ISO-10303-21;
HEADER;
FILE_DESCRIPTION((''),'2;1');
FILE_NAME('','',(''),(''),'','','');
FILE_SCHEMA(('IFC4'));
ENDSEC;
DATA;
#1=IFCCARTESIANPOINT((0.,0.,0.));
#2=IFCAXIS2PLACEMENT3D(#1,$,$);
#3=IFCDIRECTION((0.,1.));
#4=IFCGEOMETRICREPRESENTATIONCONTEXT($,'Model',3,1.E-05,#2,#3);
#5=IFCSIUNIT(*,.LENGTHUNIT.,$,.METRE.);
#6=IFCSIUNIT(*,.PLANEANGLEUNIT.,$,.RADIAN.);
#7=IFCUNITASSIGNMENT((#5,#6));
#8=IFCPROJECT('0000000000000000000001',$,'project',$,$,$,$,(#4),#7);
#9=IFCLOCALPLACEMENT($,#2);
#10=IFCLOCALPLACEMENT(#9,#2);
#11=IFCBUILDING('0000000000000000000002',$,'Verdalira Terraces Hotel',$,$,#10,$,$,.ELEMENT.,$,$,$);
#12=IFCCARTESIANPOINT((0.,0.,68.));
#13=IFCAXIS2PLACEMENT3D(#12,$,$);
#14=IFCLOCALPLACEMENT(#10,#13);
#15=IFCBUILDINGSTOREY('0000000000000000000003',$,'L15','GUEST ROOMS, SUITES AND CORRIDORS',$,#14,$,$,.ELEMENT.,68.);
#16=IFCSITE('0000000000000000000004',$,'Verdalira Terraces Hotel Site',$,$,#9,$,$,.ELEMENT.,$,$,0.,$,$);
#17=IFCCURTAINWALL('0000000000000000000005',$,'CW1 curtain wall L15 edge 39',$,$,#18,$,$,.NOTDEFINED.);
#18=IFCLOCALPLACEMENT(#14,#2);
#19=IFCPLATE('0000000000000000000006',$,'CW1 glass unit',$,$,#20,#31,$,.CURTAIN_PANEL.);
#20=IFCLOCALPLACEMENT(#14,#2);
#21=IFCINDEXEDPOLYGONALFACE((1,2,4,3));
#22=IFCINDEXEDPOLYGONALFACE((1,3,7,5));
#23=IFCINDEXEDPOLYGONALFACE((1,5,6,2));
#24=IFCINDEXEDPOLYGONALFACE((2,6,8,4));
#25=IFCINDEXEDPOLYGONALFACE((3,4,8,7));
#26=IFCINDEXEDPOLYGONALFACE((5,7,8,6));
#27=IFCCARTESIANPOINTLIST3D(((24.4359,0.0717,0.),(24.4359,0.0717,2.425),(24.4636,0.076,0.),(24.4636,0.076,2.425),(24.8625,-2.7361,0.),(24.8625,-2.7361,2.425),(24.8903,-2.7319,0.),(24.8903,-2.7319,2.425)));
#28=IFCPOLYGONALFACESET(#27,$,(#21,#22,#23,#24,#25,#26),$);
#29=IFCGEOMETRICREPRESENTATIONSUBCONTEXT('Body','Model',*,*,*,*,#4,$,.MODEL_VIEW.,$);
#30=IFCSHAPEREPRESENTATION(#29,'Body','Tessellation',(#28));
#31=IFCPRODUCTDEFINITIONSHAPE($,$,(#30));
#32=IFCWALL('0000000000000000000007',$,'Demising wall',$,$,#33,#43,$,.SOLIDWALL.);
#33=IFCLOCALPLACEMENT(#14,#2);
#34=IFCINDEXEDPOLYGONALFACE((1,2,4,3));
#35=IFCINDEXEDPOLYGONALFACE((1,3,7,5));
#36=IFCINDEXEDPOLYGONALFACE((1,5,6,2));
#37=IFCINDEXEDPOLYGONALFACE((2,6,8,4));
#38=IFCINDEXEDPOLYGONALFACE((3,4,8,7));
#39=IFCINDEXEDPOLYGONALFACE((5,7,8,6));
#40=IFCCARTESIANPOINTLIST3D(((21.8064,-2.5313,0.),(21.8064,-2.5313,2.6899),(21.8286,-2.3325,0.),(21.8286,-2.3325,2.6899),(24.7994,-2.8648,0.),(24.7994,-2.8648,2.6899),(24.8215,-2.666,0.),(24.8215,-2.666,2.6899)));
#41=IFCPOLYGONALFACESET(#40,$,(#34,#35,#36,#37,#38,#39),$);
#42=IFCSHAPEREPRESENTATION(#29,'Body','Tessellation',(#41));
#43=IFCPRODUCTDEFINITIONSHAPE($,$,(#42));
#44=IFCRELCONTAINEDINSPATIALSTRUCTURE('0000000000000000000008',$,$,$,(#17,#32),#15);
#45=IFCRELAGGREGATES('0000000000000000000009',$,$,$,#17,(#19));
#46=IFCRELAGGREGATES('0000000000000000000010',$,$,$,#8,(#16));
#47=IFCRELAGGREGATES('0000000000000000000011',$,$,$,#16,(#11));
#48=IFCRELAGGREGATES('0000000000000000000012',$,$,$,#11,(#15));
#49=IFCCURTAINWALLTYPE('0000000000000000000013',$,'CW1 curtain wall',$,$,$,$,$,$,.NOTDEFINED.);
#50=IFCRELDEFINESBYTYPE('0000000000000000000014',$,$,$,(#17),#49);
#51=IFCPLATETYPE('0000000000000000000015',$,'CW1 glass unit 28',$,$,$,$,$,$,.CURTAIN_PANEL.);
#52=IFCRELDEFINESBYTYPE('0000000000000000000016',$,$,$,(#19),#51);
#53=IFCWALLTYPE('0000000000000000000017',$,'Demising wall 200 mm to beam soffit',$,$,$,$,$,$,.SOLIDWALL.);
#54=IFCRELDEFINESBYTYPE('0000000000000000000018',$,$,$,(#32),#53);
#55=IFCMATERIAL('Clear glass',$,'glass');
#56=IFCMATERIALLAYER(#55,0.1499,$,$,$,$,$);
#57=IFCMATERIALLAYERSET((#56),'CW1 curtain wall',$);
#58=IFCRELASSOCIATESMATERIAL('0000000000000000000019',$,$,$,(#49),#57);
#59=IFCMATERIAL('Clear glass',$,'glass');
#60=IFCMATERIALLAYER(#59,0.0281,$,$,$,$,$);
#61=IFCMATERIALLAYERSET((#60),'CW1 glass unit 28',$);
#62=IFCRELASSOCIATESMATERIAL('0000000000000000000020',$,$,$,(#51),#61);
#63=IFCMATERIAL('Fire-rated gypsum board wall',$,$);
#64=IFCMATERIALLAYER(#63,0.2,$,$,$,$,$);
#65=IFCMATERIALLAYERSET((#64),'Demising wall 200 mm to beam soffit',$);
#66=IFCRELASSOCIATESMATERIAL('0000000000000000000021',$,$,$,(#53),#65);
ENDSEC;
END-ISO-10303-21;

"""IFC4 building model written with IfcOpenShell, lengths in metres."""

from ifc_helpers import new_model, si_unit, direction, frame, frame_2d, origin, origin_2d, place, context, subcontext, project, spatial, rectangle, extrude, material, layer, layer_set, type_object, element, aggregate, save


model = new_model("IFC4")

# Units and contexts
model_context = context("Model", 3, precision=1e-05, world=origin(), true_north=direction((0.0, 1.0)))
body_context = subcontext(model_context, "Body", "Model", "MODEL_VIEW")
ifc_project = project(units=[si_unit("LENGTHUNIT", "METRE"), si_unit("PLANEANGLEUNIT", "RADIAN")], contexts=[model_context])

# Site, building, storey
site_placement = place(None, origin())
site = spatial("IfcSite", under=ifc_project, at=site_placement, Name="Verdalira Terraces Hotel Site", CompositionType="ELEMENT", RefElevation=0.0)
building_placement = place(site_placement, origin())
building = spatial("IfcBuilding", under=site, at=building_placement, Name="Verdalira Terraces Hotel", CompositionType="ELEMENT")
storey_placement = place(building_placement, frame((0.0, 0.0, 68.0)))
storey = spatial("IfcBuildingStorey", under=building, at=storey_placement, Name="L15", Description="GUEST ROOMS, SUITES AND CORRIDORS", CompositionType="ELEMENT", Elevation=68.0)

# Curtain wall
ifc_material_1 = material(Name="Clear glass", Category="glass")
ifc_layer_1 = layer(ifc_material_1, 0.1499)
ifc_layer_set_1 = layer_set([ifc_layer_1], Name="CW1 curtain wall")
curtain_wall_type_1 = type_object("IfcCurtainWallType", Name="CW1 curtain wall", PredefinedType="NOTDEFINED", material=ifc_layer_set_1)
curtain_wall_1_placement = place(storey_placement, origin())
curtain_wall_1 = element("IfcCurtainWall", 1, at=curtain_wall_1_placement, inside=storey, type_object=curtain_wall_type_1, Name="CW1 curtain wall L15 edge 39", PredefinedType="NOTDEFINED")

# Plate
ifc_material_2 = material(Name="Clear glass", Category="glass")
ifc_layer_2 = layer(ifc_material_2, 0.0281)
ifc_layer_set_2 = layer_set([ifc_layer_2], Name="CW1 glass unit 28")
plate_type = type_object("IfcPlateType", Name="CW1 glass unit 28", PredefinedType="CURTAIN_PANEL", material=ifc_layer_set_2)
plate_placement = place(storey_placement, frame((24.6631, -1.3301, 0.0), z_axis=(0.0, 0.0, 1.0), x_axis=(-0.150226, 0.988652, 0.0)))
plate = element("IfcPlate", 2, at=plate_placement, type_object=plate_type, Name="CW1 glass unit", PredefinedType="CURTAIN_PANEL", context=body_context, shape_type="SweptSolid", body=[
    extrude(rectangle(XDim=2.8401, YDim=0.0281, at=origin_2d()), origin(), (0.0, 0.0, 1.0), 2.425),
])
aggregate(curtain_wall_1, [plate])

# Wall
ifc_material_3 = material(Name="Fire-rated gypsum board wall")
ifc_layer_3 = layer(ifc_material_3, 0.2)
ifc_layer_set_3 = layer_set([ifc_layer_3], Name="Demising wall 200 mm to beam soffit")
wall_type = type_object("IfcWallType", Name="Demising wall 200 mm to beam soffit", PredefinedType="SOLIDWALL", material=ifc_layer_set_3)
wall_placement = place(storey_placement, frame((21.8174, -2.4319, 0.0), z_axis=(0.0, 0.0, 1.0), x_axis=(0.993849, -0.110743, 0.0)))
element("IfcWall", 3, at=wall_placement, inside=storey, type_object=wall_type, Name="Demising wall", PredefinedType="SOLIDWALL", context=body_context, shape_type="SweptSolid", body=[
    extrude(rectangle(XDim=3.0115, YDim=0.2, at=frame_2d((1.5059, 0.0))), origin(), (0.0, 0.0, 1.0), 2.6899),
])

save(model, "model.ifc")
